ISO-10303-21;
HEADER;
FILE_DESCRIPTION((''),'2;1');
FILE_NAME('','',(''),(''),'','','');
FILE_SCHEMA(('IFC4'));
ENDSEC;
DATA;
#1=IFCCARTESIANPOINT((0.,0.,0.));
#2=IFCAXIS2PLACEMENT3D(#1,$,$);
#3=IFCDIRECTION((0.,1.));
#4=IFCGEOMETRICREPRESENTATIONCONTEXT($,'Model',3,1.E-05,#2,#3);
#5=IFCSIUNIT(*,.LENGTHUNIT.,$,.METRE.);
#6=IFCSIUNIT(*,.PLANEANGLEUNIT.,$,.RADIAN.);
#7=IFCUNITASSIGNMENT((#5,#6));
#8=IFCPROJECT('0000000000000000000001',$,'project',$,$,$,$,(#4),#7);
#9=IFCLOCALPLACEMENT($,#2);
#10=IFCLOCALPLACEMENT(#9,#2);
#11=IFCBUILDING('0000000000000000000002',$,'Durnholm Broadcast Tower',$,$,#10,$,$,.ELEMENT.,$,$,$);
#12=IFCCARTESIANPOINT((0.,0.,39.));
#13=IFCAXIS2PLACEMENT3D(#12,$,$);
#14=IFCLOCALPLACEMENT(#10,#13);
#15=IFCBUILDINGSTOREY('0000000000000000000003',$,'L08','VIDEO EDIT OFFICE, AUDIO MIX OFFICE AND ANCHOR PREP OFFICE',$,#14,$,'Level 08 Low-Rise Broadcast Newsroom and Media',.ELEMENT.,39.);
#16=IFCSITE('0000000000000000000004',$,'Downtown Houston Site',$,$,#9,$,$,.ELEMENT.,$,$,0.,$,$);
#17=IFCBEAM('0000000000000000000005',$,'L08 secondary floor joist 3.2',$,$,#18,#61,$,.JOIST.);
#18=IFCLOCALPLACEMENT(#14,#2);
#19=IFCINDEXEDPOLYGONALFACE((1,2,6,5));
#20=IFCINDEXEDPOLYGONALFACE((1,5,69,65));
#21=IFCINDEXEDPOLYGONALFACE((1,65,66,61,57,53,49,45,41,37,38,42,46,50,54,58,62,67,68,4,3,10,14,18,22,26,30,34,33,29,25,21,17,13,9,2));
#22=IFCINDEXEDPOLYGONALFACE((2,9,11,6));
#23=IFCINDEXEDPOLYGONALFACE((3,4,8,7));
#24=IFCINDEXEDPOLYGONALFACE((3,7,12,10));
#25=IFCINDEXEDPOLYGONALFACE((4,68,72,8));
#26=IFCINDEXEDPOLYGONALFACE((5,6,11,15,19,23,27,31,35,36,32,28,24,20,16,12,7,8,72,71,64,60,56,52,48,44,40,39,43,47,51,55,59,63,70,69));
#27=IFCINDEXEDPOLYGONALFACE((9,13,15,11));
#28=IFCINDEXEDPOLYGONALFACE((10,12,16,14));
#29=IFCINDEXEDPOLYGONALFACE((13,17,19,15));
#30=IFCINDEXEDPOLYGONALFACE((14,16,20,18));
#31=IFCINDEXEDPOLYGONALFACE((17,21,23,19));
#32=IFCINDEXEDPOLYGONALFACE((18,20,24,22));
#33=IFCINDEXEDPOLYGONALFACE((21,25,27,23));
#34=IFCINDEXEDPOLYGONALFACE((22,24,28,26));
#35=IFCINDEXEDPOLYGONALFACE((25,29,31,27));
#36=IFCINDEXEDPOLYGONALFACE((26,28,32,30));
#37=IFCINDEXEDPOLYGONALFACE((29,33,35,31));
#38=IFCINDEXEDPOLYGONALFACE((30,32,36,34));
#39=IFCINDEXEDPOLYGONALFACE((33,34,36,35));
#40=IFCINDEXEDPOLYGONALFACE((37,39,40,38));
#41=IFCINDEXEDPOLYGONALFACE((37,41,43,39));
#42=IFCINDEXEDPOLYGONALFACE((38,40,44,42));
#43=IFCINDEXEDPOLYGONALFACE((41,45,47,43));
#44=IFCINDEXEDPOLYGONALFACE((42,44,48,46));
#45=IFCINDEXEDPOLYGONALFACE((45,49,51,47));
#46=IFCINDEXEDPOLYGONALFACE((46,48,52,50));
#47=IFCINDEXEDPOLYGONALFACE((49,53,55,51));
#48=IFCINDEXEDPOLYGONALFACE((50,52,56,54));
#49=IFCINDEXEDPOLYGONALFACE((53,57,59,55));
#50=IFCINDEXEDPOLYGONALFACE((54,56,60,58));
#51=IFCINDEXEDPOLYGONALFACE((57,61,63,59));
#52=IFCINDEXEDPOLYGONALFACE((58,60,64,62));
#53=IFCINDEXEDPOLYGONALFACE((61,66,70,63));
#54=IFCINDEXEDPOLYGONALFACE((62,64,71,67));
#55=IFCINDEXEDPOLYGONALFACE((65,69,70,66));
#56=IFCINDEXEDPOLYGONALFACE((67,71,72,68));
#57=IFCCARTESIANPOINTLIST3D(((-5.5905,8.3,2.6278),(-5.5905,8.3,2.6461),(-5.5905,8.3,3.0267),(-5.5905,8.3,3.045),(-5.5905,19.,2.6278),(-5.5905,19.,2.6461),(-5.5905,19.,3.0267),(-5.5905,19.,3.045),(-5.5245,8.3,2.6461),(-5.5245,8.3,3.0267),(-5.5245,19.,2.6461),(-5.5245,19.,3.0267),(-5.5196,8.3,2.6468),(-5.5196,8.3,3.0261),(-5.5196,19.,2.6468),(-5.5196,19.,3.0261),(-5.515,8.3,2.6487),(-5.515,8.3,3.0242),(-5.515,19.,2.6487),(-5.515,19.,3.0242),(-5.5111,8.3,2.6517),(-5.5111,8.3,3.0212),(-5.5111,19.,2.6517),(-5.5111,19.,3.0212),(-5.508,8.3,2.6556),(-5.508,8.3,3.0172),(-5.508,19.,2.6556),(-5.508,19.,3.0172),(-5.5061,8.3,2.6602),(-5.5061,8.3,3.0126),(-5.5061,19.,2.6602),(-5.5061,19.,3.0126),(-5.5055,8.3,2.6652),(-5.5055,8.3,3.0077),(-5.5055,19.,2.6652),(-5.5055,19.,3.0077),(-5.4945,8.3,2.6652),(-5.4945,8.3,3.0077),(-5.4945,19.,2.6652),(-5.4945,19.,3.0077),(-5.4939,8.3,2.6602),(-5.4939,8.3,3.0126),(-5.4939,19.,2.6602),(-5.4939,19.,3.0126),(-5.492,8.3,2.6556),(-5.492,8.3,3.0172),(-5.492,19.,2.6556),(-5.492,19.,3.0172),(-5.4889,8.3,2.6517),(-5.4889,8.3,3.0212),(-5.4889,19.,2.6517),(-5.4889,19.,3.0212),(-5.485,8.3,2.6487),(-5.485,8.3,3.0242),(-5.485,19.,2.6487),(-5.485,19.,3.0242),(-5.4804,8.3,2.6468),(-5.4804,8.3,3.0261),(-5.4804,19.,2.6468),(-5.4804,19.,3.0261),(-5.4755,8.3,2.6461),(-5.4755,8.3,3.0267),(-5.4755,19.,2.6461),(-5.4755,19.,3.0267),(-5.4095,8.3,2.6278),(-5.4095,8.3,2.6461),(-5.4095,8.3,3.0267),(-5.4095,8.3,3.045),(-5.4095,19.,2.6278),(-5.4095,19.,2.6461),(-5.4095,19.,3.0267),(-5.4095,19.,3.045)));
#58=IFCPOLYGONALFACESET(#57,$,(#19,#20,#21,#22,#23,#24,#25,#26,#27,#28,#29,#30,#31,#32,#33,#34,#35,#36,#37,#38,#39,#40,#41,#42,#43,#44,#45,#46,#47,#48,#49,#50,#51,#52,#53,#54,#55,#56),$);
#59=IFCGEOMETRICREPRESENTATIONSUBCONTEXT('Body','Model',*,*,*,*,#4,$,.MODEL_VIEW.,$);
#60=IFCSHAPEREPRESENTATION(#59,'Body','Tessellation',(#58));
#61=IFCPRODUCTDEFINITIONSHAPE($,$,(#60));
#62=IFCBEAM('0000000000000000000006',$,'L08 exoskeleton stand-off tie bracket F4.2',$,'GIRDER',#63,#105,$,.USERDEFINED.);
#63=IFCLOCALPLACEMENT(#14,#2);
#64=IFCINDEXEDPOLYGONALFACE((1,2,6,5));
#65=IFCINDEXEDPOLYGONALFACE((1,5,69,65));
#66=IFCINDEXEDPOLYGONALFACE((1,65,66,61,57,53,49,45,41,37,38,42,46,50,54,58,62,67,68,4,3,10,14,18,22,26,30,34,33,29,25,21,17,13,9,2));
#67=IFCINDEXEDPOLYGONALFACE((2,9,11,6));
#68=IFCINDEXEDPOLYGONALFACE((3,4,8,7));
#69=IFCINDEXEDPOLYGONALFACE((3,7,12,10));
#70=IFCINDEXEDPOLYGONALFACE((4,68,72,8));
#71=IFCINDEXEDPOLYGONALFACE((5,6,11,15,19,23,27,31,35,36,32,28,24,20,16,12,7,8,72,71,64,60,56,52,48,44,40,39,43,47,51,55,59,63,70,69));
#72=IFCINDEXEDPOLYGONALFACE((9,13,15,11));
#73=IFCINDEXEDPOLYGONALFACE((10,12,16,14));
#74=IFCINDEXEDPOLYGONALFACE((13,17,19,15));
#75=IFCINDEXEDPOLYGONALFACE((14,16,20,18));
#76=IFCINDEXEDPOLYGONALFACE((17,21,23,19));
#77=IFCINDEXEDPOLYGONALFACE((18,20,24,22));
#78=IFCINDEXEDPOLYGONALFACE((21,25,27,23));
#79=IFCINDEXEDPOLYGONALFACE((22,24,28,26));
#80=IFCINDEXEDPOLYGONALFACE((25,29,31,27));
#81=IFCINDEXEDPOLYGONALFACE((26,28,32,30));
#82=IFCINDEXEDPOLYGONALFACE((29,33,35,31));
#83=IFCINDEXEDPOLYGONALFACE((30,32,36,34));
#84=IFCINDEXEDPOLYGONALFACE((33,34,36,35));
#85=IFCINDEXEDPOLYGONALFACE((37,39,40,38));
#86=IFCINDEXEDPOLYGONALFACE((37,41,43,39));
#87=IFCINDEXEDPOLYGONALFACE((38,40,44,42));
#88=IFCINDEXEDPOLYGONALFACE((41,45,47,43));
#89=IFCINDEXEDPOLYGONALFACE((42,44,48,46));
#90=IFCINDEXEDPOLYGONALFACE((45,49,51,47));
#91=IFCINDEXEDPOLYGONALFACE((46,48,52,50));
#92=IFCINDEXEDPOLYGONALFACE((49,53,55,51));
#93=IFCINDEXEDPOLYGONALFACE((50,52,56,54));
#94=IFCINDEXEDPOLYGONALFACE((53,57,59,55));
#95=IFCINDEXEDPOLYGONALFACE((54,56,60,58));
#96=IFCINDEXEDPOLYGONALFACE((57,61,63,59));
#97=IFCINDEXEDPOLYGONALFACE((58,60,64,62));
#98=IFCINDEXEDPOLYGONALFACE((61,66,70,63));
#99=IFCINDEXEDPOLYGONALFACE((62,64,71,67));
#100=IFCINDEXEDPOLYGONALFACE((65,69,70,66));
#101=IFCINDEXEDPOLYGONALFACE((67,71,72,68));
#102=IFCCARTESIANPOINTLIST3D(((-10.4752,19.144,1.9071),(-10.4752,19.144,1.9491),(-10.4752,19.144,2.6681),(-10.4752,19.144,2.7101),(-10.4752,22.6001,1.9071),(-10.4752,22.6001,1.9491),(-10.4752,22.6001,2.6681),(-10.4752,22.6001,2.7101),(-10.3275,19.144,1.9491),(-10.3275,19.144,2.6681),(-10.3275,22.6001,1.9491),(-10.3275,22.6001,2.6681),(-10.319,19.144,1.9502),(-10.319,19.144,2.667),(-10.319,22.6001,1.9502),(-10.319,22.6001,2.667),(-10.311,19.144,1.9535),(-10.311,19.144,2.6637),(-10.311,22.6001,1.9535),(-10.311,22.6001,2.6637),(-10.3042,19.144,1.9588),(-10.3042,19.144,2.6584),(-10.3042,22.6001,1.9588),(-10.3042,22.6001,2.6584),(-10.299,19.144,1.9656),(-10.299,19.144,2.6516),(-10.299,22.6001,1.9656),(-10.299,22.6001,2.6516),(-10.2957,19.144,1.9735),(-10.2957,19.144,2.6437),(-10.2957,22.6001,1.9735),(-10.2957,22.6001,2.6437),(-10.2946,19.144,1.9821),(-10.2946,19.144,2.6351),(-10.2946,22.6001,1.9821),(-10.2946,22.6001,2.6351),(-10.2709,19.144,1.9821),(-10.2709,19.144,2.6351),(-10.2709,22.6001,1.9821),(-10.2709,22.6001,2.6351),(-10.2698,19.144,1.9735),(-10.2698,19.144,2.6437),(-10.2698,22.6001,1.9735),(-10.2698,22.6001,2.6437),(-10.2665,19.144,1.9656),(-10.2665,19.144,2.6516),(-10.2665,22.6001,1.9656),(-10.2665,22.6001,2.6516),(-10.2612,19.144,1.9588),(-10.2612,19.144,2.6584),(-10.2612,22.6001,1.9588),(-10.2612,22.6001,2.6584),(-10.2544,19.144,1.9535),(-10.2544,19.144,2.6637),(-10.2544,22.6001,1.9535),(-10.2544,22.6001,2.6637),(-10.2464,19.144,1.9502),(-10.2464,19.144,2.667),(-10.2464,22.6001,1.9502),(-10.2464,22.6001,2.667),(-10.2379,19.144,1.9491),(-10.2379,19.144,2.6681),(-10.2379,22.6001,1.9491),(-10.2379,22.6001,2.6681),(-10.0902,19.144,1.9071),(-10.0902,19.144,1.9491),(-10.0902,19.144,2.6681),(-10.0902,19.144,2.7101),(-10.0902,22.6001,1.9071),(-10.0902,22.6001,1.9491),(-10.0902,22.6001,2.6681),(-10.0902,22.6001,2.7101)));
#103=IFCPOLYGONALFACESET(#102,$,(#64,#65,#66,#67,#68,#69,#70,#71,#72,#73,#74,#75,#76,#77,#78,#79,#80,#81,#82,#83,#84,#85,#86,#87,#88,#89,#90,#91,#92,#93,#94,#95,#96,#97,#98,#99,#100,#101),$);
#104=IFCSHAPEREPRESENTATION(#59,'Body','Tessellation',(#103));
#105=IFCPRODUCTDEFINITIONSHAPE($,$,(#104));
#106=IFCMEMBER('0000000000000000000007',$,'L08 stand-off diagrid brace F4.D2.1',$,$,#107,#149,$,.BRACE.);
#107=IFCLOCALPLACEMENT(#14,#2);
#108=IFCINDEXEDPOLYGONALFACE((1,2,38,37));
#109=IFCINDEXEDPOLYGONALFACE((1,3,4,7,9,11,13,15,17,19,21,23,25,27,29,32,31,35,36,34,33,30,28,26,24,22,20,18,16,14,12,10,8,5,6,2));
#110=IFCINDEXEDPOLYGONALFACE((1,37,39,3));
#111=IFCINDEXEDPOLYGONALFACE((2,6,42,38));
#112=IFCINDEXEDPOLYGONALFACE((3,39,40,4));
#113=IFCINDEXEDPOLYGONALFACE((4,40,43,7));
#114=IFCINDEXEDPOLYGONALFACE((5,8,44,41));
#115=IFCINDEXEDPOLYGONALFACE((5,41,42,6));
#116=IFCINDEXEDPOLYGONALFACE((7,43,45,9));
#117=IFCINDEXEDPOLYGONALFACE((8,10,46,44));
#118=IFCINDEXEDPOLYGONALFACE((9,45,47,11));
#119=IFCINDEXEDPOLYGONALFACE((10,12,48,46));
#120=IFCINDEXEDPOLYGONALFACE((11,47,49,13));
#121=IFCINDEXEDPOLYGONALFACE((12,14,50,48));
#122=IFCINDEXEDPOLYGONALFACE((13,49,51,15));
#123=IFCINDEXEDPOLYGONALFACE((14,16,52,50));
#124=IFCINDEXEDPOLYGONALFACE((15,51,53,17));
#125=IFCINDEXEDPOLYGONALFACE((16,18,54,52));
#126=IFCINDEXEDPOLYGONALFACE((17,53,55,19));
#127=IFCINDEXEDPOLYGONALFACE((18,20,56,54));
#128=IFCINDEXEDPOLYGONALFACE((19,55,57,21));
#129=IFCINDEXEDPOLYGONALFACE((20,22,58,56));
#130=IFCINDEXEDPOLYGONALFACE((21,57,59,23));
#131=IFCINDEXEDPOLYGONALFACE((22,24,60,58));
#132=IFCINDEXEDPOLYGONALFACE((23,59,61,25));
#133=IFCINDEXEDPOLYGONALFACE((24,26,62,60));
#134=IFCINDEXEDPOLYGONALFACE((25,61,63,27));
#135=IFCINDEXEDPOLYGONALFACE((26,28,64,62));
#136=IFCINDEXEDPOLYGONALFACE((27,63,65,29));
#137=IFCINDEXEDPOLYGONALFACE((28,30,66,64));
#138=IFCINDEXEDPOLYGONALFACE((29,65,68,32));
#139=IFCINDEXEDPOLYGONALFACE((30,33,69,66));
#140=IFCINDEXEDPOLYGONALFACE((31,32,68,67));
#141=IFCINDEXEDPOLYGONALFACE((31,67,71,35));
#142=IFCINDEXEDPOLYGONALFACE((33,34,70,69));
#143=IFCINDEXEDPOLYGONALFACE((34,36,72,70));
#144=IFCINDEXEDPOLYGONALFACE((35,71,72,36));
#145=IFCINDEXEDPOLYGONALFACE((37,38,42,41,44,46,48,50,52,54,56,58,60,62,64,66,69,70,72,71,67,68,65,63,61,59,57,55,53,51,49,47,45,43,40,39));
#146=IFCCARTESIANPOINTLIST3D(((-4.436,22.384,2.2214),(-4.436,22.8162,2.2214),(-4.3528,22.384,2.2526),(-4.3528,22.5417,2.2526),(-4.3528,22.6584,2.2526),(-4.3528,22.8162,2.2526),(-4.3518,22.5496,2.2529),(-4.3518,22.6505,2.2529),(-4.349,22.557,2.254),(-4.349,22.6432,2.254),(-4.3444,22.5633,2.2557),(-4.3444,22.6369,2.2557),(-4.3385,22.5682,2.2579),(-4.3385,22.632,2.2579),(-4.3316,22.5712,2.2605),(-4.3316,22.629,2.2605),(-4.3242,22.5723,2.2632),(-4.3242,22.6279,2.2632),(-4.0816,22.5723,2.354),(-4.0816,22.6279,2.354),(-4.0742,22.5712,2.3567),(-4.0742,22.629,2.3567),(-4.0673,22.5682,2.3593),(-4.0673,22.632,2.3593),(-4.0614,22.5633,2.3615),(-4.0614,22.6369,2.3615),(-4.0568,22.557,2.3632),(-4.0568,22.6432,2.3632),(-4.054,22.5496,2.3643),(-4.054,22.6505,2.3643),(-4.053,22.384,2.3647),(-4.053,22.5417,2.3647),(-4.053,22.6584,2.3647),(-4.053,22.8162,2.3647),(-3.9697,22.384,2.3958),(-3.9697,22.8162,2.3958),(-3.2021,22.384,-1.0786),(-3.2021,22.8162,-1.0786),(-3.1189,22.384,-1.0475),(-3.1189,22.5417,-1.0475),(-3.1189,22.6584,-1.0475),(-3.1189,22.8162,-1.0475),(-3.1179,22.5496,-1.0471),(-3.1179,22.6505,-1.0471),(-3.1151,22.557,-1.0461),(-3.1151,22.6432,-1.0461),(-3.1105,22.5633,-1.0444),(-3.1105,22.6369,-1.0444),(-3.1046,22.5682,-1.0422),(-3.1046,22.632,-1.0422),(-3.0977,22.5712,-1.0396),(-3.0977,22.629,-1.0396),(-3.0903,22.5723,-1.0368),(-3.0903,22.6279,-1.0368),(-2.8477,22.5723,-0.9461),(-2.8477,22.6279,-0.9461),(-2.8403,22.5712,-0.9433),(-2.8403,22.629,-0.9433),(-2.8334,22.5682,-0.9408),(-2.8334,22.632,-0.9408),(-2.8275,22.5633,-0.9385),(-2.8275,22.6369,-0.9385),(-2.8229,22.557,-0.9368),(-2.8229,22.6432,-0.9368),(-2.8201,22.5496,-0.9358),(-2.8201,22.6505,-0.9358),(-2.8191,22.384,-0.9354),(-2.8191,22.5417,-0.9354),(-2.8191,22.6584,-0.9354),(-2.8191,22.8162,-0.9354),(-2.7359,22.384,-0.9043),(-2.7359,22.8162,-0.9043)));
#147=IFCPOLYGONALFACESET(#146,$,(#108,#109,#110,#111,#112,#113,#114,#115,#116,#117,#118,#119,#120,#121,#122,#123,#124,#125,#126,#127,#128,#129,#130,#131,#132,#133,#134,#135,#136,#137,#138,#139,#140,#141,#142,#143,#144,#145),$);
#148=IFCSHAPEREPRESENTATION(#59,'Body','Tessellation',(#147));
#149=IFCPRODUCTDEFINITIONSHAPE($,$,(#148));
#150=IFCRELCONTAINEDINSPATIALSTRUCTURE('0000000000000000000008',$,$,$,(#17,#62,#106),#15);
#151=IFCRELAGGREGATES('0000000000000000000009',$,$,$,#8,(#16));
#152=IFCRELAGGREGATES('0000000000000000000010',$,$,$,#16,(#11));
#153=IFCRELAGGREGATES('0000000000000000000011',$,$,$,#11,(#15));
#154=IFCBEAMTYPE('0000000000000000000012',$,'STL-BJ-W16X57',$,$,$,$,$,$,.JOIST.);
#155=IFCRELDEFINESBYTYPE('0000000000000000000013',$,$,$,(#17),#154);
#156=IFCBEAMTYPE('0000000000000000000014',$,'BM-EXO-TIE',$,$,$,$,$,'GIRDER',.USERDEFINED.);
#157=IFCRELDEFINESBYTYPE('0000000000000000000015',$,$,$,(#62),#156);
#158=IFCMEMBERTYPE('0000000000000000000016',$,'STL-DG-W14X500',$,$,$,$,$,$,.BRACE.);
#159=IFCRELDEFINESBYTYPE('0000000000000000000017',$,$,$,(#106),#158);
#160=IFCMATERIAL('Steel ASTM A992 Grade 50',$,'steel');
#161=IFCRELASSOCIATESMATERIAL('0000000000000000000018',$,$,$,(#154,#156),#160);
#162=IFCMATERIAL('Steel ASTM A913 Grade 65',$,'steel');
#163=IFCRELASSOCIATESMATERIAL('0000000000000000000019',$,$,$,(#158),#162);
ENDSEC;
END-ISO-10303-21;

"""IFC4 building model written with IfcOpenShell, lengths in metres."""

from ifc_helpers import new_model, si_unit, direction, frame, origin, origin_2d, place, context, subcontext, project, spatial, i_section, extrude, source, transform, mapped, material, material_profile, profile_set, type_object, type_shapes, element, save


model = new_model("IFC4")

# Units and contexts
model_context = context("Model", 3, precision=1e-05, world=origin(), true_north=direction((0.0, 1.0)))
body_context = subcontext(model_context, "Body", "Model", "MODEL_VIEW")
ifc_project = project(units=[si_unit("LENGTHUNIT", "METRE"), si_unit("PLANEANGLEUNIT", "RADIAN")], contexts=[model_context])

# Site, building, storey
site_placement = place(None, origin())
site = spatial("IfcSite", under=ifc_project, at=site_placement, Name="Downtown Houston Site", CompositionType="ELEMENT", RefElevation=0.0)
building_placement = place(site_placement, origin())
building = spatial("IfcBuilding", under=site, at=building_placement, Name="Durnholm Broadcast Tower", CompositionType="ELEMENT")
storey_placement = place(building_placement, frame((0.0, 0.0, 39.0)))
storey = spatial("IfcBuildingStorey", under=building, at=storey_placement, Name="L08", Description="VIDEO EDIT OFFICE, AUDIO MIX OFFICE AND ANCHOR PREP OFFICE", LongName="Level 08 Low-Rise Broadcast Newsroom and Media", CompositionType="ELEMENT", Elevation=39.0)

# Beams
ifc_material_1 = material(Name="Steel ASTM A992 Grade 50", Category="steel")
ifc_material_profile_1 = material_profile(ifc_material_1, i_section(OverallWidth=0.1809, OverallDepth=0.4172, WebThickness=0.011, FlangeThickness=0.0183, FilletRadius=0.019, at=origin_2d()), Name="W16X57")
ifc_profile_set_1 = profile_set([ifc_material_profile_1], Name="Steel ASTM A992 Grade 50")
beam_type_1 = type_object("IfcBeamType", Name="STL-BJ-W16X57", PredefinedType="JOIST", material=ifc_profile_set_1)
shared_shape_1 = source(origin(), body_context, "Body", "SweptSolid", [
    extrude(i_section(OverallWidth=0.1809, OverallDepth=0.4172, WebThickness=0.011, FlangeThickness=0.0183, FilletRadius=0.019, at=origin_2d()), origin(), (0.0, 0.0, 1.0), 10.7),
])
type_shapes(beam_type_1, [shared_shape_1])
beam_1_placement = place(storey_placement, frame((-5.5, 8.3, 2.8364), z_axis=(0.0, 1.0, 0.0), x_axis=(-1.0, 0.0, 0.0)))
element("IfcBeam", 1, at=beam_1_placement, inside=storey, type_object=beam_type_1, Name="L08 secondary floor joist 3.2", PredefinedType="JOIST", context=body_context, shape_type="MappedRepresentation", body=[
    mapped(shared_shape_1, transform((0.0, 0.0, 0.0), x_axis=(1.0, 0.0, 0.0), y_axis=(0.0, 1.0, 0.0), z_axis=(0.0, 0.0, 1.0), scale=1.0)),
])
ifc_material_profile_2 = material_profile(ifc_material_1, i_section(OverallWidth=0.385, OverallDepth=0.803, WebThickness=0.0237, FlangeThickness=0.042, FilletRadius=0.033, at=origin_2d()), Name="W30X261")
ifc_profile_set_2 = profile_set([ifc_material_profile_2], Name="Steel ASTM A992 Grade 50")
beam_type_2 = type_object("IfcBeamType", Name="BM-EXO-TIE", ElementType="GIRDER", PredefinedType="USERDEFINED", material=ifc_profile_set_2)
shared_shape_2 = source(origin(), body_context, "Body", "SweptSolid", [
    extrude(i_section(OverallWidth=0.385, OverallDepth=0.803, WebThickness=0.0237, FlangeThickness=0.042, FilletRadius=0.033, at=origin_2d()), origin(), (0.0, 0.0, 1.0), 3.4561),
])
type_shapes(beam_type_2, [shared_shape_2])
beam_2_placement = place(storey_placement, frame((-10.2827, 19.144, 2.3086), z_axis=(0.0, 1.0, 0.0), x_axis=(-1.0, 0.0, 0.0)))
element("IfcBeam", 2, at=beam_2_placement, inside=storey, type_object=beam_type_2, Name="L08 exoskeleton stand-off tie bracket F4.2", ObjectType="GIRDER", PredefinedType="USERDEFINED", context=body_context, shape_type="MappedRepresentation", body=[
    mapped(shared_shape_2, transform((0.0, 0.0, 0.0), x_axis=(1.0, 0.0, 0.0), y_axis=(0.0, 1.0, 0.0), z_axis=(0.0, 0.0, 1.0), scale=1.0)),
])

# Member
ifc_material_2 = material(Name="Steel ASTM A913 Grade 65", Category="steel")
ifc_material_profile_3 = material_profile(ifc_material_2, i_section(OverallWidth=0.4321, OverallDepth=0.4978, WebThickness=0.0557, FlangeThickness=0.0889, FilletRadius=0.0305, at=origin_2d()), Name="W14X500")
ifc_profile_set_3 = profile_set([ifc_material_profile_3], Name="Steel ASTM A913 Grade 65")
member_type = type_object("IfcMemberType", Name="STL-DG-W14X500", PredefinedType="BRACE", material=ifc_profile_set_3)
shared_shape_3 = source(origin(), body_context, "Body", "SweptSolid", [
    extrude(i_section(OverallWidth=0.4321, OverallDepth=0.4978, WebThickness=0.0557, FlangeThickness=0.0889, FilletRadius=0.0305, at=origin_2d()), origin(), (0.0, 0.0, 1.0), 3.5232),
])
type_shapes(member_type, [shared_shape_3])
for number, where, z_axis, x_axis, name in (
    (3, (-2.969, 22.6001, -0.9915), (-0.35022, 0.0, 0.936668), (0.0, -1.0, 0.0), "L08 stand-off diagrid brace F4.D2.1"),
):
    element("IfcMember", number, at=place(storey_placement, frame(where, z_axis=z_axis, x_axis=x_axis)), inside=storey, type_object=member_type, Name=name, PredefinedType="BRACE", context=body_context, shape_type="MappedRepresentation", body=[
        mapped(shared_shape_3, transform((0.0, 0.0, 0.0), x_axis=(1.0, 0.0, 0.0), y_axis=(0.0, 1.0, 0.0), z_axis=(0.0, 0.0, 1.0), scale=1.0)),
    ])

save(model, "model.ifc")
